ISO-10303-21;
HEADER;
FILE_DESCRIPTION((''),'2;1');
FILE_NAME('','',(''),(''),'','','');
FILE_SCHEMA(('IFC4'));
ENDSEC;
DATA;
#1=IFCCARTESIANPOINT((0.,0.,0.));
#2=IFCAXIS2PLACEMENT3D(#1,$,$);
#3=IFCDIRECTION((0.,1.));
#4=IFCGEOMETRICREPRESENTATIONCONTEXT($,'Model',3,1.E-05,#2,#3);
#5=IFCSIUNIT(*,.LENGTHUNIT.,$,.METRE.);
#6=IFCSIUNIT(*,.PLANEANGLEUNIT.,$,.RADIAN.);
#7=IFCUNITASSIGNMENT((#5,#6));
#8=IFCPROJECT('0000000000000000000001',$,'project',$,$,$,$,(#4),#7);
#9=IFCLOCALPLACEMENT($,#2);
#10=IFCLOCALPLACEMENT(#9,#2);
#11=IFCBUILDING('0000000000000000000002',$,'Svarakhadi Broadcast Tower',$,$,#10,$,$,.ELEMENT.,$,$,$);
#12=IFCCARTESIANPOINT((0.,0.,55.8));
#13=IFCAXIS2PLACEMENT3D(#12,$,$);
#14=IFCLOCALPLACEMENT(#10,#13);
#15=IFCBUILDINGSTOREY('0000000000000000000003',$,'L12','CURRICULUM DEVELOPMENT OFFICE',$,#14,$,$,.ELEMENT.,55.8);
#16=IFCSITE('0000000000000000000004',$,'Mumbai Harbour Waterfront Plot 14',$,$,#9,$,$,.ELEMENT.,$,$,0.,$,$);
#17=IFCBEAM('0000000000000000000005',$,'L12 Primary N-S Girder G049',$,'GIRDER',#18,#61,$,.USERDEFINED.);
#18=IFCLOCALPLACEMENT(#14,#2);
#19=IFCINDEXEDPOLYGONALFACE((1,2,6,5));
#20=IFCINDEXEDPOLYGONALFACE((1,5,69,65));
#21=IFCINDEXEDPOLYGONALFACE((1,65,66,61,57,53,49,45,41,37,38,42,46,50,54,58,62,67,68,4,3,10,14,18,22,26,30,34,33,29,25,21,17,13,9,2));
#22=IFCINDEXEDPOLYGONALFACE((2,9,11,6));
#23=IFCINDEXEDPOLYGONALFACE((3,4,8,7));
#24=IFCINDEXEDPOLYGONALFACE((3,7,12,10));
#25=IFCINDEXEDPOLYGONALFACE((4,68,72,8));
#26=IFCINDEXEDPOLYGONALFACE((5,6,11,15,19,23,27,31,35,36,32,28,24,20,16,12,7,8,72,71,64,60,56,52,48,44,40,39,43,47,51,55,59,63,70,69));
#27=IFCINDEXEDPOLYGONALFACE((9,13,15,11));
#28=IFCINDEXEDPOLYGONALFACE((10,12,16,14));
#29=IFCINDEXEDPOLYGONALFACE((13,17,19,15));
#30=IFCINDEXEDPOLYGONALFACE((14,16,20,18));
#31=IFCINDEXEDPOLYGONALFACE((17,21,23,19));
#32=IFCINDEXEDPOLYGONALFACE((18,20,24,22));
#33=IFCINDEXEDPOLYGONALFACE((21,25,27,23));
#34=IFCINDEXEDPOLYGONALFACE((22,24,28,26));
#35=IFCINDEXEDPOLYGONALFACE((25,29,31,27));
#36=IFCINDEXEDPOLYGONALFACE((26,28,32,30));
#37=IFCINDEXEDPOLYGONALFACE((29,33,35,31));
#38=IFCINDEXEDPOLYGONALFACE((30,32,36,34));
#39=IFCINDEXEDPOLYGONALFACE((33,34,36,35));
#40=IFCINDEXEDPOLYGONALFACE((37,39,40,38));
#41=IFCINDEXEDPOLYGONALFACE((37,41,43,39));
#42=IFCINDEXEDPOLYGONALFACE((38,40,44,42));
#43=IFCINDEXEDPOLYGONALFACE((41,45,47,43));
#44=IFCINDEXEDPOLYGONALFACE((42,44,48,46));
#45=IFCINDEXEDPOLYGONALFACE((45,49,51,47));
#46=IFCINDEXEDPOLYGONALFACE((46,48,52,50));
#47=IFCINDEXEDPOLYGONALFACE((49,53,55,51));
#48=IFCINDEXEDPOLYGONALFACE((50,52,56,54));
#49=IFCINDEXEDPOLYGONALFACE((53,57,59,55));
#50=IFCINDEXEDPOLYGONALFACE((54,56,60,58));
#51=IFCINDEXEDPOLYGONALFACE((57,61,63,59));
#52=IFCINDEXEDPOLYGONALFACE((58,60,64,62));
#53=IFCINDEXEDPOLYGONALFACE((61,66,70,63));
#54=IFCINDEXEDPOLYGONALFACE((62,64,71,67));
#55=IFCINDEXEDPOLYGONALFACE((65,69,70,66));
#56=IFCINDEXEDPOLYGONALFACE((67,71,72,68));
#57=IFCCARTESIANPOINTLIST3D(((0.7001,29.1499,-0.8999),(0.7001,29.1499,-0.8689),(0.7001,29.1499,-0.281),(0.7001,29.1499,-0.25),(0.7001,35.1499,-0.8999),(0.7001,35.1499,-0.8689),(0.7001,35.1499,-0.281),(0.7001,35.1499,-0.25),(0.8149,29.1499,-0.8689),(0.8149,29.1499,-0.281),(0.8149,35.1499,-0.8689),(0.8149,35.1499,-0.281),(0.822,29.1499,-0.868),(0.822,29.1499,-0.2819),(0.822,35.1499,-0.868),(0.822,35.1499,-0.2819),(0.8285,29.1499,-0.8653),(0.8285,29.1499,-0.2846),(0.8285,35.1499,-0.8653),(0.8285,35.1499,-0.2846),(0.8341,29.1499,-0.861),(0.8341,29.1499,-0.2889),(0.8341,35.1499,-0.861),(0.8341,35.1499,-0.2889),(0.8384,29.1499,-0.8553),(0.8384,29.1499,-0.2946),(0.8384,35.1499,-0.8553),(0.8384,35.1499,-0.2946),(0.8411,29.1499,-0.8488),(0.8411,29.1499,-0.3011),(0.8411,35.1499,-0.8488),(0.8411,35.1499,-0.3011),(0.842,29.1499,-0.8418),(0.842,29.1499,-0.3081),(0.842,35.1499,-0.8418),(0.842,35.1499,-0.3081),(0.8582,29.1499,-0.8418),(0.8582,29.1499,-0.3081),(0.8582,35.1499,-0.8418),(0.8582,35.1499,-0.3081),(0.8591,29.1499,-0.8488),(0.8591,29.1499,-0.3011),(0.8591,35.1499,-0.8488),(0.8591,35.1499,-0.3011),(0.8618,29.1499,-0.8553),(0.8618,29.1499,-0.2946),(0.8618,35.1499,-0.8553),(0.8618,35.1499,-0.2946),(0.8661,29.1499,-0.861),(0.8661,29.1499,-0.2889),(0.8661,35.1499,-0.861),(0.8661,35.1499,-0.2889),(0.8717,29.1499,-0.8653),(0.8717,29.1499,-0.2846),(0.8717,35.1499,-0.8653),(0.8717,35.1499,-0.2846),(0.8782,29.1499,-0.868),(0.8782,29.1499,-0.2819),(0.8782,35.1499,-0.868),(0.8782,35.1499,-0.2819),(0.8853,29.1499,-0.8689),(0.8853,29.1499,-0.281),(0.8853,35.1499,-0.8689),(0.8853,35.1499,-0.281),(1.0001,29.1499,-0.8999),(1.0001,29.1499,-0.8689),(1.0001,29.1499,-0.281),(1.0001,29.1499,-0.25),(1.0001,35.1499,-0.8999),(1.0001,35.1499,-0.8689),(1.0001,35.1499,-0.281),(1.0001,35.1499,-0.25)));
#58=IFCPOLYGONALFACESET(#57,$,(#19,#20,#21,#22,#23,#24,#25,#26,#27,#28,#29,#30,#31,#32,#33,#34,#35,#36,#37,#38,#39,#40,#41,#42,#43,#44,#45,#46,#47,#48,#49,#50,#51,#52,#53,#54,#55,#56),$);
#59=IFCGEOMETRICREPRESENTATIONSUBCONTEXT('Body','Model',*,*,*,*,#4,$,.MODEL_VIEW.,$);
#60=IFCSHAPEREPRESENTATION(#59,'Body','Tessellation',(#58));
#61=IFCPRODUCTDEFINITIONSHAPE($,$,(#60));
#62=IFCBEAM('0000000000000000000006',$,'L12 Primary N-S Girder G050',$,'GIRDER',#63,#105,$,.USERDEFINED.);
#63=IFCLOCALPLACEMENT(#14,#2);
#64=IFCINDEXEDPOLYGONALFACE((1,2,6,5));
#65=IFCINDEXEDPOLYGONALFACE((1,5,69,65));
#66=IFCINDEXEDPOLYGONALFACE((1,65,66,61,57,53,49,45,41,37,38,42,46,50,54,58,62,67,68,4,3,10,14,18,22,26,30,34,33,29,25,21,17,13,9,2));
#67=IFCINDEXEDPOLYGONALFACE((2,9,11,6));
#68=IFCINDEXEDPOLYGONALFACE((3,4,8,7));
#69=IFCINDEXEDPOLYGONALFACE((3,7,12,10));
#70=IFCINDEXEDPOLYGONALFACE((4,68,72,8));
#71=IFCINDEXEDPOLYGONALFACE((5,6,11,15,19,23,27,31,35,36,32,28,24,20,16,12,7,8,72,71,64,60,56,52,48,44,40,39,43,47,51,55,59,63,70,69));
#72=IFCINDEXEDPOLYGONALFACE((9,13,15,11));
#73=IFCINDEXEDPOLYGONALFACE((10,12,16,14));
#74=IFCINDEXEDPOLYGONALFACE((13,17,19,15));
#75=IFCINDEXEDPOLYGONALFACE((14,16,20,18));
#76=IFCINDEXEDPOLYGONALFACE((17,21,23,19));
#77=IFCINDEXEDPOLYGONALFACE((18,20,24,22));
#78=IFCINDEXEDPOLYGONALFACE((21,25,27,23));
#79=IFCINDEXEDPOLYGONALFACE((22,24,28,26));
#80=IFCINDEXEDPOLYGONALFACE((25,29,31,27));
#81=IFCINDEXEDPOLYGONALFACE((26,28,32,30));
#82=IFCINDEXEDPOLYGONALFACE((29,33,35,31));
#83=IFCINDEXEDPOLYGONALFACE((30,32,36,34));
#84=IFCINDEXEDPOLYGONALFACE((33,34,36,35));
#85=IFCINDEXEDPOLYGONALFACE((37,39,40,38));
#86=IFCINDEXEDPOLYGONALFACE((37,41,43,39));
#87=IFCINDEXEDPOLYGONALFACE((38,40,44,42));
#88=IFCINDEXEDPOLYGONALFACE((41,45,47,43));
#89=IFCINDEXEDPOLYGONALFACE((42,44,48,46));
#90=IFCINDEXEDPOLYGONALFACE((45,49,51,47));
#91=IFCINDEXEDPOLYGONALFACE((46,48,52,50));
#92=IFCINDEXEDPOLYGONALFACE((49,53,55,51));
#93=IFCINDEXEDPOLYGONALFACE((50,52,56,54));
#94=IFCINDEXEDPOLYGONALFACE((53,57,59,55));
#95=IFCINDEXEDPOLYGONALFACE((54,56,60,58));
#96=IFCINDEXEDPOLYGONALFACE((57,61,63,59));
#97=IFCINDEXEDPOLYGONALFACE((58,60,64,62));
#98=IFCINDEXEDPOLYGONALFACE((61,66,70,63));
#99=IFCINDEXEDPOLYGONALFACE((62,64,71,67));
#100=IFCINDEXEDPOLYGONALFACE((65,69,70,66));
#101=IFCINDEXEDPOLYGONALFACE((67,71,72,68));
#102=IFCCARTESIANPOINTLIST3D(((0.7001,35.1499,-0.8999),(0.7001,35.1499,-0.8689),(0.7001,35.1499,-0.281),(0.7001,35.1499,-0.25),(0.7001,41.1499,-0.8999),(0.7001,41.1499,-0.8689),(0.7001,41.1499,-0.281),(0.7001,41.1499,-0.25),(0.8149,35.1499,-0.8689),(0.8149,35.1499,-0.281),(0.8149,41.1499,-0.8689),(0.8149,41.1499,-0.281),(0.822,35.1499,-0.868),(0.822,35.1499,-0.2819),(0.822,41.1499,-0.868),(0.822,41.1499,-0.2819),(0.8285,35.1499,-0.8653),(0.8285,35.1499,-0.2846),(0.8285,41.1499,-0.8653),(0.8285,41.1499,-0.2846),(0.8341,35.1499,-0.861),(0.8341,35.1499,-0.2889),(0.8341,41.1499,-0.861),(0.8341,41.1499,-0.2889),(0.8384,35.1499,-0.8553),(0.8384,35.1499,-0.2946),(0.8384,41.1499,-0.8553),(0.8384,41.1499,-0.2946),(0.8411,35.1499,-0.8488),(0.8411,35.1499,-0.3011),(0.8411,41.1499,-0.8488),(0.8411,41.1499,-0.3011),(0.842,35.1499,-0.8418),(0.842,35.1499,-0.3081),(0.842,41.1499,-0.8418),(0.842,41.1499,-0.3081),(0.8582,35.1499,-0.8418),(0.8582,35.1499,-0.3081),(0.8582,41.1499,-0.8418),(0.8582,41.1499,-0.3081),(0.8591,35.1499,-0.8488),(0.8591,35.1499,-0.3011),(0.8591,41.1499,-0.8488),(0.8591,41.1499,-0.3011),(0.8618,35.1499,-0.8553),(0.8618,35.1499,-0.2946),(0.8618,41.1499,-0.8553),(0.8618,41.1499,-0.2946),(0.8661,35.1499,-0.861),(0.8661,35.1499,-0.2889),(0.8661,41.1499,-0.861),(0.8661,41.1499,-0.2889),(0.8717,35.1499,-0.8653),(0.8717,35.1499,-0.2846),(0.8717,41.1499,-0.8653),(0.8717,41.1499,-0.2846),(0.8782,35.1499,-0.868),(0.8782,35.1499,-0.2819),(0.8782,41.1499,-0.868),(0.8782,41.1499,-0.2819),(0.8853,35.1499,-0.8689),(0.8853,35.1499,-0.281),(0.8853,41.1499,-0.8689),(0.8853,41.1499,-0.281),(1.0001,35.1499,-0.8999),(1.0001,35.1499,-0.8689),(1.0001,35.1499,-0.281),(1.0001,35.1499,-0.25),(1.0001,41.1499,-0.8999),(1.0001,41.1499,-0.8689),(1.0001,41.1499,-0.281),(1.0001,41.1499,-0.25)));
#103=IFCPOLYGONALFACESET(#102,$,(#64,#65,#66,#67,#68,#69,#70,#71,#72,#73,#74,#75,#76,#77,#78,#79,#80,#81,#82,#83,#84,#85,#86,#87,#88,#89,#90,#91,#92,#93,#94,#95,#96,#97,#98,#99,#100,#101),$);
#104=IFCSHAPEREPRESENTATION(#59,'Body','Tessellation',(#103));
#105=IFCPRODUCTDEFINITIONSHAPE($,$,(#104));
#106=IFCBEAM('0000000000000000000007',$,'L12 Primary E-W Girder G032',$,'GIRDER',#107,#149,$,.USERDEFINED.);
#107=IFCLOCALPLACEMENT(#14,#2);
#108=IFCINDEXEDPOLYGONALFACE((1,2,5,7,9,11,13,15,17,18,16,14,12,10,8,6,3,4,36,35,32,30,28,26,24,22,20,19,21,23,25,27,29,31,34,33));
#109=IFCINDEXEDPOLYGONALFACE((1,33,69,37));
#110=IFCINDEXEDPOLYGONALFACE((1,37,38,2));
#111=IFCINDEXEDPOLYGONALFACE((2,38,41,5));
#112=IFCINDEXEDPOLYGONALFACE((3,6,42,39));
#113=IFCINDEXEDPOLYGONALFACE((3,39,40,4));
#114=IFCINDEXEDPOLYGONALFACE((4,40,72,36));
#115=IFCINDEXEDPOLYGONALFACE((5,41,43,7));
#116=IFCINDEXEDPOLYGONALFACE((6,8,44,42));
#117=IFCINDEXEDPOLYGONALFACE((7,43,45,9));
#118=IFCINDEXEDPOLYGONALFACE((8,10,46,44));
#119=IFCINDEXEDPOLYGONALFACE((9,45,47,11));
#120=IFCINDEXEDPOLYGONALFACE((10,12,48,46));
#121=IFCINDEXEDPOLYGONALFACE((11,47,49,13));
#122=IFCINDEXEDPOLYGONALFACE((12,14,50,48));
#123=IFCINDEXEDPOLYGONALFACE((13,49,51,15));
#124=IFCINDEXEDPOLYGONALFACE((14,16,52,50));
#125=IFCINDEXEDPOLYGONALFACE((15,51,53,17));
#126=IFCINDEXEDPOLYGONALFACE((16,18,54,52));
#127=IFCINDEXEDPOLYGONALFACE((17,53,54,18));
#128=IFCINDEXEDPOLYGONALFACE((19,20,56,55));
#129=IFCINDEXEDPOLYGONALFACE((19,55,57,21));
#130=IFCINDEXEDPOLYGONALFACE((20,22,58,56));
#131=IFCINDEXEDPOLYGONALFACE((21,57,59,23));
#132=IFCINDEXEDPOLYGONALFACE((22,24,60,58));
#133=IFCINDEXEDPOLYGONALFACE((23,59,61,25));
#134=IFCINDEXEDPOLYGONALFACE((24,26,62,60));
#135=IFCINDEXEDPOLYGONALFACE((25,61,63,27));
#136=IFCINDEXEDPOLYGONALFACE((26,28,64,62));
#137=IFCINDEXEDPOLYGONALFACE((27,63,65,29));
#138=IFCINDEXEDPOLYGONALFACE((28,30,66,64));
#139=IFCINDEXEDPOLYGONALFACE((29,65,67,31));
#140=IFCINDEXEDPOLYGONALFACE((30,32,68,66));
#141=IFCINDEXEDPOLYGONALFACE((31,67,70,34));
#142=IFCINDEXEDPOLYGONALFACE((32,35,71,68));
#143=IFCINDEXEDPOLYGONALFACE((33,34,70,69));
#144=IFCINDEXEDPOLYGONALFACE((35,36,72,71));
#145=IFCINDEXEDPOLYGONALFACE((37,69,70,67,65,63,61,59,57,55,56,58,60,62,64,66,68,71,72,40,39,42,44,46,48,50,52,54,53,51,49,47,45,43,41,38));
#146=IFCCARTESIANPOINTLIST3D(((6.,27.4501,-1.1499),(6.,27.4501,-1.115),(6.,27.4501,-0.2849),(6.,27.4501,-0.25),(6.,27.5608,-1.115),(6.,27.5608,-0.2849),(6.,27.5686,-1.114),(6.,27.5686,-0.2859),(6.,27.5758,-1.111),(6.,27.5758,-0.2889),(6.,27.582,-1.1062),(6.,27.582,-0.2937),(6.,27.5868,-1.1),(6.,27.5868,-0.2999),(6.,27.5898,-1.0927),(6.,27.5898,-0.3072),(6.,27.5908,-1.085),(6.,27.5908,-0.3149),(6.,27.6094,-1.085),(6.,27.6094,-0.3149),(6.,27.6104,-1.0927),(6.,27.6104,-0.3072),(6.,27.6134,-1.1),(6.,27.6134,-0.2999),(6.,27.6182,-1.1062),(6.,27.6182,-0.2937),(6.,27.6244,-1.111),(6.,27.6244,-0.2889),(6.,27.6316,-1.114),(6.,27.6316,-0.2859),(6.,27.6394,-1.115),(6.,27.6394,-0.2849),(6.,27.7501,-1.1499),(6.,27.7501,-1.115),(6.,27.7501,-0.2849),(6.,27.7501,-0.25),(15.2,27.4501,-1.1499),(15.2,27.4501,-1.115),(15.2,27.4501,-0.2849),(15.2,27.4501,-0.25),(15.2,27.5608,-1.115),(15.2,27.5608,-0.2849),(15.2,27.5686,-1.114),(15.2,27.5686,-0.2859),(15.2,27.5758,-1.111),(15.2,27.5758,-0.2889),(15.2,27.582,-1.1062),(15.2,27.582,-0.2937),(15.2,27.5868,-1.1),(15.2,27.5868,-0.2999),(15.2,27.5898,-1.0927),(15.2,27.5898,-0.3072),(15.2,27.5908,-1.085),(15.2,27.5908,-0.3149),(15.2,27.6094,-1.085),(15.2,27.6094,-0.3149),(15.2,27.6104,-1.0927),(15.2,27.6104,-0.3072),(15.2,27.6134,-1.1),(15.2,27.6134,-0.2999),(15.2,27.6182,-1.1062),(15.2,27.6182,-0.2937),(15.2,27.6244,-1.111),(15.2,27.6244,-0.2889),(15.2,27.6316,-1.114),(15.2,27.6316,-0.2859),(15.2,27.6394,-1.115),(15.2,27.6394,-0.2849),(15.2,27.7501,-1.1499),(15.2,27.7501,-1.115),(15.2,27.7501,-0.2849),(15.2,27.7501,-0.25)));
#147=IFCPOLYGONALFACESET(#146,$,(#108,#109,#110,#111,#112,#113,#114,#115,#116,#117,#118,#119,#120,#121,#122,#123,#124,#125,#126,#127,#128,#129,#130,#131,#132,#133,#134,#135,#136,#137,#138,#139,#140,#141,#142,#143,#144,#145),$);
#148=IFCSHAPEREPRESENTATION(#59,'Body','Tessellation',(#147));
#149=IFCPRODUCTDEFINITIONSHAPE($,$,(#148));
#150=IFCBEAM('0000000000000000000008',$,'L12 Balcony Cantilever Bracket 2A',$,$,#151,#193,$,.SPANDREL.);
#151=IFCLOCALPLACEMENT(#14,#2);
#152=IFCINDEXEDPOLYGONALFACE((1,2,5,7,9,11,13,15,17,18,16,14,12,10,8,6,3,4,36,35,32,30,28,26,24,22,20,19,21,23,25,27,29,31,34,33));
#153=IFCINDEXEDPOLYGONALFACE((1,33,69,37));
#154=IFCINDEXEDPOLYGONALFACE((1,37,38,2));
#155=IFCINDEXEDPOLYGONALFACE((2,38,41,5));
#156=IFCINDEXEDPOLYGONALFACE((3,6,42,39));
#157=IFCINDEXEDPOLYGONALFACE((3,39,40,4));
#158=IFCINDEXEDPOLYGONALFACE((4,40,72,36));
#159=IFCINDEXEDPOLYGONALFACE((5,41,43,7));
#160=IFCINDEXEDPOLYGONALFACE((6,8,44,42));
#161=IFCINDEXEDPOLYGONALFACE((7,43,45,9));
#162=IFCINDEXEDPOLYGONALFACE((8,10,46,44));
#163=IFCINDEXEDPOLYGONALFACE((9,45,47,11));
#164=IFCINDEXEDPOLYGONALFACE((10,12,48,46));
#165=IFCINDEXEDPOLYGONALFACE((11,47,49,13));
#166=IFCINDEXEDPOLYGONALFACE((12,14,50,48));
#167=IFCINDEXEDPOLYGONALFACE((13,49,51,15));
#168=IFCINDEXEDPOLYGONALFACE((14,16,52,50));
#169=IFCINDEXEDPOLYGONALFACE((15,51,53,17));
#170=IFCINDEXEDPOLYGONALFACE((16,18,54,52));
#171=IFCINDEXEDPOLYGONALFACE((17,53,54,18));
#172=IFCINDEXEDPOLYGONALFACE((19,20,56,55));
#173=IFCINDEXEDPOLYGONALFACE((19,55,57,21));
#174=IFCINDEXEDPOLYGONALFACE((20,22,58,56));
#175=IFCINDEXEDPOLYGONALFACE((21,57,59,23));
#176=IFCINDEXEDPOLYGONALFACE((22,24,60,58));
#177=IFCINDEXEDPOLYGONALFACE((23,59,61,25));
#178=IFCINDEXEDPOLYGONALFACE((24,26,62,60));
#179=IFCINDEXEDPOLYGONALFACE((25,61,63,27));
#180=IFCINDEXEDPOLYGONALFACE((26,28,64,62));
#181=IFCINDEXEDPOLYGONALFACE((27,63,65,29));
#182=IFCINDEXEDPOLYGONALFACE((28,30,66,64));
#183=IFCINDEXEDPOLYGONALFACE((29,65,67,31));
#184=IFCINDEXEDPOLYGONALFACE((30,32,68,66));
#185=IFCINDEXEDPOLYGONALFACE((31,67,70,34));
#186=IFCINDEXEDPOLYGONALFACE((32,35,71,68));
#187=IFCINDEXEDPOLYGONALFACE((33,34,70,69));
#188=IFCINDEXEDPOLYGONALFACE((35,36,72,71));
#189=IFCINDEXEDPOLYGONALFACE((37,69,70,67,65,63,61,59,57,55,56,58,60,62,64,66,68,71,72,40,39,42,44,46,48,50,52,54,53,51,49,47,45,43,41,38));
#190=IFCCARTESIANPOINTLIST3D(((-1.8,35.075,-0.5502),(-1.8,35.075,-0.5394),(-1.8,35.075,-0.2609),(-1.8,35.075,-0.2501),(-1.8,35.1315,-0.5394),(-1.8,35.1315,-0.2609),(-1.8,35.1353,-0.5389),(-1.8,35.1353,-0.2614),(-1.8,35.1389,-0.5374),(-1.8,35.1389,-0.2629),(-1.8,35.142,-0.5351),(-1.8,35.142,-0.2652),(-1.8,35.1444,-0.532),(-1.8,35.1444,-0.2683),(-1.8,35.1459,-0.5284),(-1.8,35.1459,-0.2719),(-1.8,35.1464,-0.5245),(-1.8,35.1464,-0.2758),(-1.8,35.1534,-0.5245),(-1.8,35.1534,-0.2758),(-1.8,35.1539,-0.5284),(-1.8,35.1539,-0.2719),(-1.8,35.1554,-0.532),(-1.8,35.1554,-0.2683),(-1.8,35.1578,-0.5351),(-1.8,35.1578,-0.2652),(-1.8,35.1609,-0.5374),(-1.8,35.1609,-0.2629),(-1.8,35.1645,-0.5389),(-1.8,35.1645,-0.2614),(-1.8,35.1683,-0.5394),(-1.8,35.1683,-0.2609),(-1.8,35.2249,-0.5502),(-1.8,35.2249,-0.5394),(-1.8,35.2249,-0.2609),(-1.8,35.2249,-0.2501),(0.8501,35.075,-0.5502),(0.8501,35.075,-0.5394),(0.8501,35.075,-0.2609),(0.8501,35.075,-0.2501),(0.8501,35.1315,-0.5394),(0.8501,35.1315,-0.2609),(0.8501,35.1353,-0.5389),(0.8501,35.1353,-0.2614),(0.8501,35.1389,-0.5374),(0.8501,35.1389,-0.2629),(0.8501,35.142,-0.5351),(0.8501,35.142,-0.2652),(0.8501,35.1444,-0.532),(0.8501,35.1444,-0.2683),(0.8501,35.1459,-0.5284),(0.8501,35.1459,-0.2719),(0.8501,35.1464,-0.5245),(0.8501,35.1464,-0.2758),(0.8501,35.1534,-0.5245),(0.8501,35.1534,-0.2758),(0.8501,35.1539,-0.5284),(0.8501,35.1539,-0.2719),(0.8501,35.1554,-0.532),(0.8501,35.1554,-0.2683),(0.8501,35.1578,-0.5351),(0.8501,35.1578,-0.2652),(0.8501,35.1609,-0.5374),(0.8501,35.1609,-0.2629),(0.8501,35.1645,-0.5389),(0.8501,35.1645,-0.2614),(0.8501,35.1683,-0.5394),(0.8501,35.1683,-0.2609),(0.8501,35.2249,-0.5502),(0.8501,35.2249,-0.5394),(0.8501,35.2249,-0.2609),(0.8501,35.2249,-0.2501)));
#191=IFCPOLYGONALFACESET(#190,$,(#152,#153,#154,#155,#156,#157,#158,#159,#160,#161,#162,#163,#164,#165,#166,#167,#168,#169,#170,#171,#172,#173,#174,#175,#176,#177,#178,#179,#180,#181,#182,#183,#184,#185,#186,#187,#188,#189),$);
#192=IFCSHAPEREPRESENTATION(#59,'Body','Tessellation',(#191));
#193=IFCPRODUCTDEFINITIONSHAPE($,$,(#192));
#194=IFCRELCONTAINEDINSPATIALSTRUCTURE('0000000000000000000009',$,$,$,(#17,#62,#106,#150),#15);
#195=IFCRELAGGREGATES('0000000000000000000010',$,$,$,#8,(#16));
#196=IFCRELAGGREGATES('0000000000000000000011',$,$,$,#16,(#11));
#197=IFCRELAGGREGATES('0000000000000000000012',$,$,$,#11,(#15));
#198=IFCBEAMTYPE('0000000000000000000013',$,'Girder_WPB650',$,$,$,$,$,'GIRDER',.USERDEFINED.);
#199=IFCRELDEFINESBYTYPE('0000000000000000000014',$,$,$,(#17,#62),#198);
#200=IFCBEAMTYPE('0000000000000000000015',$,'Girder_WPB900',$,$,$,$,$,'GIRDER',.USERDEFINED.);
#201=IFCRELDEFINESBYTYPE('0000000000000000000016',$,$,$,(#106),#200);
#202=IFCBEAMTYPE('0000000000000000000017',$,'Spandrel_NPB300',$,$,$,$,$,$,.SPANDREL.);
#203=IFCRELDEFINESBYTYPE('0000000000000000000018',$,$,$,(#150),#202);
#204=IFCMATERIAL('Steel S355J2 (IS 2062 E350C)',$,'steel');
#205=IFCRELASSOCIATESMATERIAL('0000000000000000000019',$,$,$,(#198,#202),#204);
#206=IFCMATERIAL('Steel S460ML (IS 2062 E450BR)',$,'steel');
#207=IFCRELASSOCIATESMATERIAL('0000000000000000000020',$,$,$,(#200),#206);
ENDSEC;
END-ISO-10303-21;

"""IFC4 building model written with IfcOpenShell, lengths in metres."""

from ifc_helpers import new_model, si_unit, direction, frame, origin, origin_2d, place, context, subcontext, project, spatial, i_section, extrude, material, material_profile, profile_set, type_object, element, save


model = new_model("IFC4")

# Units and contexts
model_context = context("Model", 3, precision=1e-05, world=origin(), true_north=direction((0.0, 1.0)))
body_context = subcontext(model_context, "Body", "Model", "MODEL_VIEW")
ifc_project = project(units=[si_unit("LENGTHUNIT", "METRE"), si_unit("PLANEANGLEUNIT", "RADIAN")], contexts=[model_context])

# Site, building, storey
site_placement = place(None, origin())
site = spatial("IfcSite", under=ifc_project, at=site_placement, Name="Mumbai Harbour Waterfront Plot 14", CompositionType="ELEMENT", RefElevation=0.0)
building_placement = place(site_placement, origin())
building = spatial("IfcBuilding", under=site, at=building_placement, Name="Svarakhadi Broadcast Tower", CompositionType="ELEMENT")
storey_placement = place(building_placement, frame((0.0, 0.0, 55.8)))
storey = spatial("IfcBuildingStorey", under=building, at=storey_placement, Name="L12", Description="CURRICULUM DEVELOPMENT OFFICE", CompositionType="ELEMENT", Elevation=55.8)

# Shared definitions
ifc_material_1 = material(Name="Steel S460ML (IS 2062 E450BR)", Category="steel")

# Shared definitions
ifc_material_2 = material(Name="Steel S355J2 (IS 2062 E350C)", Category="steel")

# Beams
ifc_material_profile_1 = material_profile(ifc_material_2, i_section(OverallWidth=0.3, OverallDepth=0.6499, WebThickness=0.0161, FlangeThickness=0.031, FilletRadius=0.0271, at=origin_2d()), Name="WPB 650x300x225")
ifc_profile_set_1 = profile_set([ifc_material_profile_1], Name="Steel S355J2 (IS 2062 E350C)")
beam_type_1 = type_object("IfcBeamType", Name="Girder_WPB650", ElementType="GIRDER", PredefinedType="USERDEFINED", material=ifc_profile_set_1)
for number, where, z_axis, x_axis, name in (
    (1, (0.8501, 29.1499, -0.575), (0.0, 1.0, 0.0), (-1.0, 0.0, 0.0), "L12 Primary N-S Girder G049"),
    (2, (0.8501, 35.1499, -0.575), (0.0, 1.0, 0.0), (-1.0, 0.0, 0.0), "L12 Primary N-S Girder G050"),
):
    element("IfcBeam", number, at=place(storey_placement, frame(where, z_axis=z_axis, x_axis=x_axis)), inside=storey, type_object=beam_type_1, Name=name, ObjectType="GIRDER", PredefinedType="USERDEFINED", context=body_context, shape_type="SweptSolid", body=[
        extrude(i_section(OverallWidth=0.3, OverallDepth=0.6499, WebThickness=0.0161, FlangeThickness=0.031, FilletRadius=0.0271, at=origin_2d()), origin(), (0.0, 0.0, 1.0), 6.0),
    ])
ifc_material_profile_2 = material_profile(ifc_material_1, i_section(OverallWidth=0.3, OverallDepth=0.8999, WebThickness=0.0186, FlangeThickness=0.0349, FilletRadius=0.03, at=origin_2d()), Name="WPB 900x300x291")
ifc_profile_set_2 = profile_set([ifc_material_profile_2], Name="Steel S460ML (IS 2062 E450BR)")
beam_type_2 = type_object("IfcBeamType", Name="Girder_WPB900", ElementType="GIRDER", PredefinedType="USERDEFINED", material=ifc_profile_set_2)
beam_1_placement = place(storey_placement, frame((6.0, 27.6001, -0.7), z_axis=(1.0, 0.0, 0.0), x_axis=(0.0, 1.0, 0.0)))
element("IfcBeam", 3, at=beam_1_placement, inside=storey, type_object=beam_type_2, Name="L12 Primary E-W Girder G032", ObjectType="GIRDER", PredefinedType="USERDEFINED", context=body_context, shape_type="SweptSolid", body=[
    extrude(i_section(OverallWidth=0.3, OverallDepth=0.8999, WebThickness=0.0186, FlangeThickness=0.0349, FilletRadius=0.03, at=origin_2d()), origin(), (0.0, 0.0, 1.0), 9.2),
])
ifc_material_profile_3 = material_profile(ifc_material_2, i_section(OverallWidth=0.1499, OverallDepth=0.3, WebThickness=0.0071, FlangeThickness=0.0107, FilletRadius=0.0149, at=origin_2d()), Name="NPB 300x150x37")
ifc_profile_set_3 = profile_set([ifc_material_profile_3], Name="Steel S355J2 (IS 2062 E350C)")
beam_type_3 = type_object("IfcBeamType", Name="Spandrel_NPB300", PredefinedType="SPANDREL", material=ifc_profile_set_3)
beam_2_placement = place(storey_placement, frame((0.8501, 35.1499, -0.4001), z_axis=(-1.0, 0.0, 0.0), x_axis=(0.0, -1.0, 0.0)))
element("IfcBeam", 4, at=beam_2_placement, inside=storey, type_object=beam_type_3, Name="L12 Balcony Cantilever Bracket 2A", PredefinedType="SPANDREL", context=body_context, shape_type="SweptSolid", body=[
    extrude(i_section(OverallWidth=0.1499, OverallDepth=0.3, WebThickness=0.0071, FlangeThickness=0.0107, FilletRadius=0.0149, at=origin_2d()), origin(), (0.0, 0.0, 1.0), 2.6501),
])

save(model, "model.ifc")
